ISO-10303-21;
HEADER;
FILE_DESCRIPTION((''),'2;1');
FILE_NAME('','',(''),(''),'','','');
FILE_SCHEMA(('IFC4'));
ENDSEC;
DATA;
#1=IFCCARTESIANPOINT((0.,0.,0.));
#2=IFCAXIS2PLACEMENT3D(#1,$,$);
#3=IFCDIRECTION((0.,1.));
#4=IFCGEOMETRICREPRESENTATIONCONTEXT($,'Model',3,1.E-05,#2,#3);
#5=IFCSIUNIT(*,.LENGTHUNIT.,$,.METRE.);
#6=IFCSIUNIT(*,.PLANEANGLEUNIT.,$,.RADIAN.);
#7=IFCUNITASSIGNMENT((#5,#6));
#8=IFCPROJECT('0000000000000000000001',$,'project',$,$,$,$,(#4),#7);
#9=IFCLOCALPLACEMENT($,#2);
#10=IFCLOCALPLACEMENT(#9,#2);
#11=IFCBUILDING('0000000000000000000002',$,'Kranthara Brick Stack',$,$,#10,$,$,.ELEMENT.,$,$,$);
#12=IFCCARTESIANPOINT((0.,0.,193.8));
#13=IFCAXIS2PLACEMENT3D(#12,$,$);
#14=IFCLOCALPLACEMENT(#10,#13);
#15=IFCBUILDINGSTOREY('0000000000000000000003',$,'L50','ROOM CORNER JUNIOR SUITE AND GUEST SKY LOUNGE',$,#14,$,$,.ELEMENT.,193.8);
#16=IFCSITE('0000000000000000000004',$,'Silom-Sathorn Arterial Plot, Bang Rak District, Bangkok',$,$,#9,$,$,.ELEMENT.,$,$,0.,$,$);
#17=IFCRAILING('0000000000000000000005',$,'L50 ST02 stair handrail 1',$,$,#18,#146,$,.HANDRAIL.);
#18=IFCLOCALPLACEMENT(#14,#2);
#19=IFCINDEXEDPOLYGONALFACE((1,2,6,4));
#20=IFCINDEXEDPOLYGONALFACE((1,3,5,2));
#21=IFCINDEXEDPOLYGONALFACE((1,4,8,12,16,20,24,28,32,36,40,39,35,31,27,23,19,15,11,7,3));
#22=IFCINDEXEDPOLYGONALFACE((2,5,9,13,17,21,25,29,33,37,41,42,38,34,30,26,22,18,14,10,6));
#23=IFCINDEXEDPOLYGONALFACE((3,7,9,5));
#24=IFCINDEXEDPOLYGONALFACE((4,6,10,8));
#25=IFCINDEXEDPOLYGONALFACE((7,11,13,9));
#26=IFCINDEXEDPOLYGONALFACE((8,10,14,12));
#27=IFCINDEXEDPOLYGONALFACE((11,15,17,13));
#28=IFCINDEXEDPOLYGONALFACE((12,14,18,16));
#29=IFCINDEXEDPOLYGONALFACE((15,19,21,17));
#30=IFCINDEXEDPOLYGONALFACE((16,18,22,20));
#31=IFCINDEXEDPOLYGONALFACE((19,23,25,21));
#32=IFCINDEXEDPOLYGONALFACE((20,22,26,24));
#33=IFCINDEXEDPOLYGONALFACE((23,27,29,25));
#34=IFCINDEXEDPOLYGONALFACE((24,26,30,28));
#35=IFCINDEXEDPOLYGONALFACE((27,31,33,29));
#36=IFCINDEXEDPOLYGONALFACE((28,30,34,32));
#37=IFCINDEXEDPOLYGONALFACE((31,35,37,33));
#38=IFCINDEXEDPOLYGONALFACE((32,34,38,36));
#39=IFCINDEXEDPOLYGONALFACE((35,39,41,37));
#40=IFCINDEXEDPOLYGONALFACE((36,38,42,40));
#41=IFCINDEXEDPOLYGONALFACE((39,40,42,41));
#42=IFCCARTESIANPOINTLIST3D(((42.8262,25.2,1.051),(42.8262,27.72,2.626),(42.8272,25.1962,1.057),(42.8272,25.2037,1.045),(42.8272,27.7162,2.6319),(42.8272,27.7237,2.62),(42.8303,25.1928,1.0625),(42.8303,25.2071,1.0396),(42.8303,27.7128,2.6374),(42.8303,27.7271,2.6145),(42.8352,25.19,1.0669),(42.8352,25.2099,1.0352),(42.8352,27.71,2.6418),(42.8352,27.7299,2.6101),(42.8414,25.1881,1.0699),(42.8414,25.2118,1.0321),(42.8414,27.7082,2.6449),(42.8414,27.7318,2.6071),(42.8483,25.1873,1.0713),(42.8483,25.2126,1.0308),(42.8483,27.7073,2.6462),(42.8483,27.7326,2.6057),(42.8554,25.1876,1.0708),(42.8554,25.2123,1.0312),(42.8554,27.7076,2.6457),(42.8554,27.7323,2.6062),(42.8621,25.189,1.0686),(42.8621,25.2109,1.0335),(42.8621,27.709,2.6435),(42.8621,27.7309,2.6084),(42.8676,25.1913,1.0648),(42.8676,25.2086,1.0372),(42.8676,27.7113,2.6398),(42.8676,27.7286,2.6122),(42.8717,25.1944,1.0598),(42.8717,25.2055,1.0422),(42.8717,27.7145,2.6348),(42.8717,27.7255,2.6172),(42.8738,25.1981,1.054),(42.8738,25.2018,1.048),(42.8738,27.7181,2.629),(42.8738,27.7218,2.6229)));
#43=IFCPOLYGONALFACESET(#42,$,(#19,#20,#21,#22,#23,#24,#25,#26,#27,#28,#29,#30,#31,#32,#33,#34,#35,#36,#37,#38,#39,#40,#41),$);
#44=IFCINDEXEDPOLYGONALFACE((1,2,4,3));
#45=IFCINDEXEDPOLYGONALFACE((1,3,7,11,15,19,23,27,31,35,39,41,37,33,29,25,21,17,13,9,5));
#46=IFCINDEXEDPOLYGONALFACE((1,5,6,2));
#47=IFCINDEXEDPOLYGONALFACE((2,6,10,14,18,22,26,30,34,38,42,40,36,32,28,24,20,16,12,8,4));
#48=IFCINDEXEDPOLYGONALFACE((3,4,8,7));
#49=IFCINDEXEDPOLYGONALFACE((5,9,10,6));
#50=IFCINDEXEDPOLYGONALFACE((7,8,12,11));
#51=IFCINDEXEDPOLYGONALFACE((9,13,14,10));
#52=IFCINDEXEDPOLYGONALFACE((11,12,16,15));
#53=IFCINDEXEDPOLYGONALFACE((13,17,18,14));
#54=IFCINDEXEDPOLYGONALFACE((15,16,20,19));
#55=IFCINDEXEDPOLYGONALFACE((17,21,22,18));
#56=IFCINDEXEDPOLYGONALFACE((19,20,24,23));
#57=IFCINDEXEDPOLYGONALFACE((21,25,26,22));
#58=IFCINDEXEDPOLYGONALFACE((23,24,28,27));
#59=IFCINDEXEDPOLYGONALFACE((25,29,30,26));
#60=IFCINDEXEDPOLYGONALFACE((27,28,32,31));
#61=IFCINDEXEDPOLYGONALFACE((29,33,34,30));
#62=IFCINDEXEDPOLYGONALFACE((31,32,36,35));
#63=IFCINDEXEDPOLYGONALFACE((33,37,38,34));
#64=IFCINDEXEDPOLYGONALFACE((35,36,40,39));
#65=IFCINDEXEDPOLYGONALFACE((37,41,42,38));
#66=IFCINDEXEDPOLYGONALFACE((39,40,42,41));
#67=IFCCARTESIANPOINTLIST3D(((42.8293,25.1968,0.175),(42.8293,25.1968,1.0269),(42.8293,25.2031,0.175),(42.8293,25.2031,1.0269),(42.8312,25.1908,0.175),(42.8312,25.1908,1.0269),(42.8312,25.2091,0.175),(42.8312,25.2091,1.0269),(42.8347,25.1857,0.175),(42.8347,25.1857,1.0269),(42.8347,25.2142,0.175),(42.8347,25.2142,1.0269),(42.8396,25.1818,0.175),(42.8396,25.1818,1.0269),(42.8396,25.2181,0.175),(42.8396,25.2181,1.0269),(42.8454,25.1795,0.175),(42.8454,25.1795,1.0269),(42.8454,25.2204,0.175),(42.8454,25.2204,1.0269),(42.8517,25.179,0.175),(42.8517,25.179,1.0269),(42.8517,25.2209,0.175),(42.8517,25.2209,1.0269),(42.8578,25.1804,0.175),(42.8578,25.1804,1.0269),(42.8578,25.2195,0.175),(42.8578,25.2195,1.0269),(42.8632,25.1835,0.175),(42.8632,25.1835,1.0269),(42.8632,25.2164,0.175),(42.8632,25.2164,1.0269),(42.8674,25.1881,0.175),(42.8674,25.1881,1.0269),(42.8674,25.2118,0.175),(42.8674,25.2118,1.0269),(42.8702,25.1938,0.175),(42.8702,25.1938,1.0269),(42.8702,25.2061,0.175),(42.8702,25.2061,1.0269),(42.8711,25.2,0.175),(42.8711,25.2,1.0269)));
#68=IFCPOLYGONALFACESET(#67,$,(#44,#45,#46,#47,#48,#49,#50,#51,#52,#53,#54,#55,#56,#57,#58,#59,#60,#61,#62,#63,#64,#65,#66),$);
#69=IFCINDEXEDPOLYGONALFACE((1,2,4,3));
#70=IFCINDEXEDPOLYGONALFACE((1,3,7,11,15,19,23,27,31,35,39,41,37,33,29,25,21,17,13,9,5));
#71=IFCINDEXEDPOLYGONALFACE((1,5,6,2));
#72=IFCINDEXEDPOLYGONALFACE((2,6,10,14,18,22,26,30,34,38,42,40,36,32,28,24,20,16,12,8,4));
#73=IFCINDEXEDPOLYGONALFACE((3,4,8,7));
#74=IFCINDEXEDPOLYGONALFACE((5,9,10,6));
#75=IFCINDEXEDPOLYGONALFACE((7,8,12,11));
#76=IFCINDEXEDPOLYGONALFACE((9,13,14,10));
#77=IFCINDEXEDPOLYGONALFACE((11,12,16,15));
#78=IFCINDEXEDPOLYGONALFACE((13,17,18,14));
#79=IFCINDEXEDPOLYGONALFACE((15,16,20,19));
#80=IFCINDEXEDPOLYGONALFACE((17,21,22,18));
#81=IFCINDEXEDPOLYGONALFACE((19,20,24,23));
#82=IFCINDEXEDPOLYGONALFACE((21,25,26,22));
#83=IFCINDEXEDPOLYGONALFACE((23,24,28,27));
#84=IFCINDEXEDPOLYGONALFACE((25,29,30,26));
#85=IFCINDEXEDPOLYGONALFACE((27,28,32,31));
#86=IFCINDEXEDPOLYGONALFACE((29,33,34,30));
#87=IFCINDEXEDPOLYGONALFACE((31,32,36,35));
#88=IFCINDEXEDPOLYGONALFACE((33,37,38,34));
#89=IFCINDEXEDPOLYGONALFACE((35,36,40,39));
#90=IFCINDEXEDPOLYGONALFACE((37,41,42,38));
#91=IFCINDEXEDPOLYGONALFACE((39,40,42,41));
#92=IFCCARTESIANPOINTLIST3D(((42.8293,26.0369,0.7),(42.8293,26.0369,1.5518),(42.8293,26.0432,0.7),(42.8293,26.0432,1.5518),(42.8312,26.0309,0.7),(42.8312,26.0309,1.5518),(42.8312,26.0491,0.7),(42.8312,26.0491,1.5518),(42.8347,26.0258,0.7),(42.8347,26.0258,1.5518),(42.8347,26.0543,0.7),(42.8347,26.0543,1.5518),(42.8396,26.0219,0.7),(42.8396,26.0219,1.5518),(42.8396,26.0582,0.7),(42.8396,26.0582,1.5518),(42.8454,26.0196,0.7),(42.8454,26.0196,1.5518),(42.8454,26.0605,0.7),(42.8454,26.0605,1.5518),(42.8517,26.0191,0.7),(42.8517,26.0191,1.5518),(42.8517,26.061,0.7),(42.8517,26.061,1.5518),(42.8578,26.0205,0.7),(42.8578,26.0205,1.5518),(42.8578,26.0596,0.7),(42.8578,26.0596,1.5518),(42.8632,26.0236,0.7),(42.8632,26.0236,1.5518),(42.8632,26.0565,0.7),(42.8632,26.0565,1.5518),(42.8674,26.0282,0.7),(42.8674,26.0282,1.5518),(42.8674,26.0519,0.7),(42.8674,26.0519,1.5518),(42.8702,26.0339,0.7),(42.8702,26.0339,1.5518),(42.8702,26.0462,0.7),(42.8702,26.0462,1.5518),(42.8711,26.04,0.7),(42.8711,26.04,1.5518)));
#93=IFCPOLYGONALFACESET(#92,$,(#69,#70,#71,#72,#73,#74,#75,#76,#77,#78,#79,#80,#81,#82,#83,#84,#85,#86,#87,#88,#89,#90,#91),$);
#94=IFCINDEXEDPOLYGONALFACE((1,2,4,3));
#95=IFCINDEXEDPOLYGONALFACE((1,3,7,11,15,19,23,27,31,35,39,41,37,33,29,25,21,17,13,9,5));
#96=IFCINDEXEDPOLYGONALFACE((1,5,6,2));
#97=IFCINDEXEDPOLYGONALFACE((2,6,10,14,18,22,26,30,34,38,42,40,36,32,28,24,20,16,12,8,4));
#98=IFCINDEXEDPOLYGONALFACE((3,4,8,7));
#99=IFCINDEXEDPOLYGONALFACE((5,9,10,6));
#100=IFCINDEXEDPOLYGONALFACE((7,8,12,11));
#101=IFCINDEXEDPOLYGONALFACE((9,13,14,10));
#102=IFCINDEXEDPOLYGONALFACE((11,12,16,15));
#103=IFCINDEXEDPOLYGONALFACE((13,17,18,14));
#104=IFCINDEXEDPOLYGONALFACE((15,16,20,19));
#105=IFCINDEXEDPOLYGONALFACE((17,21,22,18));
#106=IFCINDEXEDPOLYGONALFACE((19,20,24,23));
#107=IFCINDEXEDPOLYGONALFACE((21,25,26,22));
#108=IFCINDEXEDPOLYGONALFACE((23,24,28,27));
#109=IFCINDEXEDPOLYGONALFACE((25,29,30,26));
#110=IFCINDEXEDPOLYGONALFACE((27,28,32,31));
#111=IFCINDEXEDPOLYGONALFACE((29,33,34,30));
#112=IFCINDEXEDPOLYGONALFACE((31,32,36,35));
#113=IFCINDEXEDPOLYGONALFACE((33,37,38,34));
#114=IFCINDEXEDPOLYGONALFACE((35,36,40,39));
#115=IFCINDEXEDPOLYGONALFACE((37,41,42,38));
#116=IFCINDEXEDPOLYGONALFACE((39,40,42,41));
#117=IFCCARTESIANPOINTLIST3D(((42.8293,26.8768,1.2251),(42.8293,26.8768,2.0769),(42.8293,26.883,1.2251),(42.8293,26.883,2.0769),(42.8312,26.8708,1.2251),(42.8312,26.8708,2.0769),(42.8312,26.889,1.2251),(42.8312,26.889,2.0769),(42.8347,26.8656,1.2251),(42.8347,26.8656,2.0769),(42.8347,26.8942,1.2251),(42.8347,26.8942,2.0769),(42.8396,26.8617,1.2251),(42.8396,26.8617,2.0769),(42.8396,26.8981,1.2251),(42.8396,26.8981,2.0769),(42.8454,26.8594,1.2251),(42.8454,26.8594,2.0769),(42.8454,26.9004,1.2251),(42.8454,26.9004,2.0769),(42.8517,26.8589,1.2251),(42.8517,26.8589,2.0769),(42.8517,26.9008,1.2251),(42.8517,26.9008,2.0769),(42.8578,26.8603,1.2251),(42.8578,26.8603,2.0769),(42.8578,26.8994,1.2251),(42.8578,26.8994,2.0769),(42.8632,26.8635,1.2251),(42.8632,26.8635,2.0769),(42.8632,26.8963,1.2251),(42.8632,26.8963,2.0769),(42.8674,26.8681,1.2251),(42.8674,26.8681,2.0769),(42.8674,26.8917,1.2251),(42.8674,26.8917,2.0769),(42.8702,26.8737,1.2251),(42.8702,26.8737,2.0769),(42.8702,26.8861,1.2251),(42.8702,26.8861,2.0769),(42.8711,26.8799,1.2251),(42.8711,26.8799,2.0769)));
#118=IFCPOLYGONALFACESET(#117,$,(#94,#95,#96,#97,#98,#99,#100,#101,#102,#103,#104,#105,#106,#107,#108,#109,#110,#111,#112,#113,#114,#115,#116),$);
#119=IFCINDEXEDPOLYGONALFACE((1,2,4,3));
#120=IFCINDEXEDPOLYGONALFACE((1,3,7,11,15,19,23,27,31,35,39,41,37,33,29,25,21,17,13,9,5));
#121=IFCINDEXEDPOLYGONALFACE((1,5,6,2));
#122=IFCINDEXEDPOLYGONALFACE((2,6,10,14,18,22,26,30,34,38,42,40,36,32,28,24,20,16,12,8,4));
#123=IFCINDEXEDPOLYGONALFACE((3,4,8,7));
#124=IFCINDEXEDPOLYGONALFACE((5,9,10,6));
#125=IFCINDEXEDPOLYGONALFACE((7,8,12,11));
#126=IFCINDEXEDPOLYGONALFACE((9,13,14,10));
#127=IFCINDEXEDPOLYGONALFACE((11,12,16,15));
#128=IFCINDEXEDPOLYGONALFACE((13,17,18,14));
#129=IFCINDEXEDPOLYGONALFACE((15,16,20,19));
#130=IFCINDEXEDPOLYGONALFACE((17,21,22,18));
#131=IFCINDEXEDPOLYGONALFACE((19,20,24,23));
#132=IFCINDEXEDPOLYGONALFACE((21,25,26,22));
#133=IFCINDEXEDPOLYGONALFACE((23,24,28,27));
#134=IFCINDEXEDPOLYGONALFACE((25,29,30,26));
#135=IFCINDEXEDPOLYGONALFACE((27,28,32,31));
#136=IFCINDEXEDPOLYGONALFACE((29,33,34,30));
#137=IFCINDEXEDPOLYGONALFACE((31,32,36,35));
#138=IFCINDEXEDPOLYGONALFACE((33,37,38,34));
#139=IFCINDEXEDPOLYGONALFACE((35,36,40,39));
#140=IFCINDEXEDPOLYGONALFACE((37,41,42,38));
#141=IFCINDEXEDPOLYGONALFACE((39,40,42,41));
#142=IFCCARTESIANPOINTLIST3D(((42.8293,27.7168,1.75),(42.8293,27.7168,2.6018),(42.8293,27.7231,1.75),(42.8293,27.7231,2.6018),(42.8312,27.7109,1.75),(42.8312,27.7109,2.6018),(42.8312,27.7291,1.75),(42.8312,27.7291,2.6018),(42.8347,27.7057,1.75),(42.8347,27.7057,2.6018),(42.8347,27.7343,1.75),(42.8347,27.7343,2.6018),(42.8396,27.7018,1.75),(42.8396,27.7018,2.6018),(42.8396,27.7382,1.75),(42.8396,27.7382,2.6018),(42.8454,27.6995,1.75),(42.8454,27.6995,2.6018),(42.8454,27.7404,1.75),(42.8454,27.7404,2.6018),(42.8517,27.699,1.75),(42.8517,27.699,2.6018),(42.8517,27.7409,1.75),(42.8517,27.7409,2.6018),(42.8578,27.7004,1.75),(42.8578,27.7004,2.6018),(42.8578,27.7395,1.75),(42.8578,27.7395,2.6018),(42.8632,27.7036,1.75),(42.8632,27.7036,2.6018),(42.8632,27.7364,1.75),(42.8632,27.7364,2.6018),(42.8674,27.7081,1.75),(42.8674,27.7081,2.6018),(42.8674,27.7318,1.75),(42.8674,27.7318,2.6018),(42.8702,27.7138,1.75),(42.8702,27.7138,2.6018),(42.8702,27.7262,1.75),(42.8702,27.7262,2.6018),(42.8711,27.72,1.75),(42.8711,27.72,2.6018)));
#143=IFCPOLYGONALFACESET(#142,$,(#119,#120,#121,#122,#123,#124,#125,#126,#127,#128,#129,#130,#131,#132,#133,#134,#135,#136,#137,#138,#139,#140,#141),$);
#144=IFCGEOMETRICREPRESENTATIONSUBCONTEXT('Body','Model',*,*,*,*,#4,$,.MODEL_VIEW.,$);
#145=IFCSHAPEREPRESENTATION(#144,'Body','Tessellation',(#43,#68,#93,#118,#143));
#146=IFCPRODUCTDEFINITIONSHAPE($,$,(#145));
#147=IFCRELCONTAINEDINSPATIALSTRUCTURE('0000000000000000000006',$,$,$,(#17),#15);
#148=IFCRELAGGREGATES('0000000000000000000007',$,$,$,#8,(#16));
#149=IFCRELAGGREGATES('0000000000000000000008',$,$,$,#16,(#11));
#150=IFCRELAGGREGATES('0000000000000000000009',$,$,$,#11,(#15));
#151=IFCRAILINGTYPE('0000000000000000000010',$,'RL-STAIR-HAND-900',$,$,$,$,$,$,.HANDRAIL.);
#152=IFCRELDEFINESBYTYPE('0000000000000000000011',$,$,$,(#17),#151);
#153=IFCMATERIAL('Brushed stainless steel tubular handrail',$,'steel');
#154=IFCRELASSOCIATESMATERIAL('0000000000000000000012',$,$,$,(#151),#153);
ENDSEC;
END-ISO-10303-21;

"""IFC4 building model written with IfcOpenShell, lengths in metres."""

from ifc_helpers import new_model, si_unit, direction, frame, origin, origin_2d, place, context, subcontext, project, spatial, circle, extrude, material, type_object, element, save


model = new_model("IFC4")

# Units and contexts
model_context = context("Model", 3, precision=1e-05, world=origin(), true_north=direction((0.0, 1.0)))
body_context = subcontext(model_context, "Body", "Model", "MODEL_VIEW")
ifc_project = project(units=[si_unit("LENGTHUNIT", "METRE"), si_unit("PLANEANGLEUNIT", "RADIAN")], contexts=[model_context])

# Site, building, storey
site_placement = place(None, origin())
site = spatial("IfcSite", under=ifc_project, at=site_placement, Name="Silom-Sathorn Arterial Plot, Bang Rak District, Bangkok", CompositionType="ELEMENT", RefElevation=0.0)
building_placement = place(site_placement, origin())
building = spatial("IfcBuilding", under=site, at=building_placement, Name="Kranthara Brick Stack", CompositionType="ELEMENT")
storey_placement = place(building_placement, frame((0.0, 0.0, 193.8)))
storey = spatial("IfcBuildingStorey", under=building, at=storey_placement, Name="L50", Description="ROOM CORNER JUNIOR SUITE AND GUEST SKY LOUNGE", CompositionType="ELEMENT", Elevation=193.8)

# Railing
ifc_material_1 = material(Name="Brushed stainless steel tubular handrail", Category="steel")
railing_type_1 = type_object("IfcRailingType", Name="RL-STAIR-HAND-900", PredefinedType="HANDRAIL", material=ifc_material_1)
railing_1_placement = place(storey_placement, frame((42.8501, 25.2, 0.175)))
element("IfcRailing", 1, at=railing_1_placement, inside=storey, type_object=railing_type_1, Name="L50 ST02 stair handrail 1", PredefinedType="HANDRAIL", context=body_context, shape_type="SweptSolid", body=[
    extrude(circle(Radius=0.0239, at=origin_2d()), frame((0.0, 0.0, 0.876), z_axis=(0.0, 0.848008, 0.529984), x_axis=(-1.0, 0.0, 0.0)), (0.0, 0.0, 1.0), 2.9717),
    extrude(circle(Radius=0.021, at=origin_2d()), origin(), (0.0, 0.0, 1.0), 0.8518),
    extrude(circle(Radius=0.021, at=origin_2d()), frame((0.0, 0.8401, 0.5249)), (0.0, 0.0, 1.0), 0.8518),
    extrude(circle(Radius=0.021, at=origin_2d()), frame((0.0, 1.6799, 1.05)), (0.0, 0.0, 1.0), 0.8518),
    extrude(circle(Radius=0.021, at=origin_2d()), frame((0.0, 2.52, 1.575)), (0.0, 0.0, 1.0), 0.8518),
])

save(model, "model.ifc")
